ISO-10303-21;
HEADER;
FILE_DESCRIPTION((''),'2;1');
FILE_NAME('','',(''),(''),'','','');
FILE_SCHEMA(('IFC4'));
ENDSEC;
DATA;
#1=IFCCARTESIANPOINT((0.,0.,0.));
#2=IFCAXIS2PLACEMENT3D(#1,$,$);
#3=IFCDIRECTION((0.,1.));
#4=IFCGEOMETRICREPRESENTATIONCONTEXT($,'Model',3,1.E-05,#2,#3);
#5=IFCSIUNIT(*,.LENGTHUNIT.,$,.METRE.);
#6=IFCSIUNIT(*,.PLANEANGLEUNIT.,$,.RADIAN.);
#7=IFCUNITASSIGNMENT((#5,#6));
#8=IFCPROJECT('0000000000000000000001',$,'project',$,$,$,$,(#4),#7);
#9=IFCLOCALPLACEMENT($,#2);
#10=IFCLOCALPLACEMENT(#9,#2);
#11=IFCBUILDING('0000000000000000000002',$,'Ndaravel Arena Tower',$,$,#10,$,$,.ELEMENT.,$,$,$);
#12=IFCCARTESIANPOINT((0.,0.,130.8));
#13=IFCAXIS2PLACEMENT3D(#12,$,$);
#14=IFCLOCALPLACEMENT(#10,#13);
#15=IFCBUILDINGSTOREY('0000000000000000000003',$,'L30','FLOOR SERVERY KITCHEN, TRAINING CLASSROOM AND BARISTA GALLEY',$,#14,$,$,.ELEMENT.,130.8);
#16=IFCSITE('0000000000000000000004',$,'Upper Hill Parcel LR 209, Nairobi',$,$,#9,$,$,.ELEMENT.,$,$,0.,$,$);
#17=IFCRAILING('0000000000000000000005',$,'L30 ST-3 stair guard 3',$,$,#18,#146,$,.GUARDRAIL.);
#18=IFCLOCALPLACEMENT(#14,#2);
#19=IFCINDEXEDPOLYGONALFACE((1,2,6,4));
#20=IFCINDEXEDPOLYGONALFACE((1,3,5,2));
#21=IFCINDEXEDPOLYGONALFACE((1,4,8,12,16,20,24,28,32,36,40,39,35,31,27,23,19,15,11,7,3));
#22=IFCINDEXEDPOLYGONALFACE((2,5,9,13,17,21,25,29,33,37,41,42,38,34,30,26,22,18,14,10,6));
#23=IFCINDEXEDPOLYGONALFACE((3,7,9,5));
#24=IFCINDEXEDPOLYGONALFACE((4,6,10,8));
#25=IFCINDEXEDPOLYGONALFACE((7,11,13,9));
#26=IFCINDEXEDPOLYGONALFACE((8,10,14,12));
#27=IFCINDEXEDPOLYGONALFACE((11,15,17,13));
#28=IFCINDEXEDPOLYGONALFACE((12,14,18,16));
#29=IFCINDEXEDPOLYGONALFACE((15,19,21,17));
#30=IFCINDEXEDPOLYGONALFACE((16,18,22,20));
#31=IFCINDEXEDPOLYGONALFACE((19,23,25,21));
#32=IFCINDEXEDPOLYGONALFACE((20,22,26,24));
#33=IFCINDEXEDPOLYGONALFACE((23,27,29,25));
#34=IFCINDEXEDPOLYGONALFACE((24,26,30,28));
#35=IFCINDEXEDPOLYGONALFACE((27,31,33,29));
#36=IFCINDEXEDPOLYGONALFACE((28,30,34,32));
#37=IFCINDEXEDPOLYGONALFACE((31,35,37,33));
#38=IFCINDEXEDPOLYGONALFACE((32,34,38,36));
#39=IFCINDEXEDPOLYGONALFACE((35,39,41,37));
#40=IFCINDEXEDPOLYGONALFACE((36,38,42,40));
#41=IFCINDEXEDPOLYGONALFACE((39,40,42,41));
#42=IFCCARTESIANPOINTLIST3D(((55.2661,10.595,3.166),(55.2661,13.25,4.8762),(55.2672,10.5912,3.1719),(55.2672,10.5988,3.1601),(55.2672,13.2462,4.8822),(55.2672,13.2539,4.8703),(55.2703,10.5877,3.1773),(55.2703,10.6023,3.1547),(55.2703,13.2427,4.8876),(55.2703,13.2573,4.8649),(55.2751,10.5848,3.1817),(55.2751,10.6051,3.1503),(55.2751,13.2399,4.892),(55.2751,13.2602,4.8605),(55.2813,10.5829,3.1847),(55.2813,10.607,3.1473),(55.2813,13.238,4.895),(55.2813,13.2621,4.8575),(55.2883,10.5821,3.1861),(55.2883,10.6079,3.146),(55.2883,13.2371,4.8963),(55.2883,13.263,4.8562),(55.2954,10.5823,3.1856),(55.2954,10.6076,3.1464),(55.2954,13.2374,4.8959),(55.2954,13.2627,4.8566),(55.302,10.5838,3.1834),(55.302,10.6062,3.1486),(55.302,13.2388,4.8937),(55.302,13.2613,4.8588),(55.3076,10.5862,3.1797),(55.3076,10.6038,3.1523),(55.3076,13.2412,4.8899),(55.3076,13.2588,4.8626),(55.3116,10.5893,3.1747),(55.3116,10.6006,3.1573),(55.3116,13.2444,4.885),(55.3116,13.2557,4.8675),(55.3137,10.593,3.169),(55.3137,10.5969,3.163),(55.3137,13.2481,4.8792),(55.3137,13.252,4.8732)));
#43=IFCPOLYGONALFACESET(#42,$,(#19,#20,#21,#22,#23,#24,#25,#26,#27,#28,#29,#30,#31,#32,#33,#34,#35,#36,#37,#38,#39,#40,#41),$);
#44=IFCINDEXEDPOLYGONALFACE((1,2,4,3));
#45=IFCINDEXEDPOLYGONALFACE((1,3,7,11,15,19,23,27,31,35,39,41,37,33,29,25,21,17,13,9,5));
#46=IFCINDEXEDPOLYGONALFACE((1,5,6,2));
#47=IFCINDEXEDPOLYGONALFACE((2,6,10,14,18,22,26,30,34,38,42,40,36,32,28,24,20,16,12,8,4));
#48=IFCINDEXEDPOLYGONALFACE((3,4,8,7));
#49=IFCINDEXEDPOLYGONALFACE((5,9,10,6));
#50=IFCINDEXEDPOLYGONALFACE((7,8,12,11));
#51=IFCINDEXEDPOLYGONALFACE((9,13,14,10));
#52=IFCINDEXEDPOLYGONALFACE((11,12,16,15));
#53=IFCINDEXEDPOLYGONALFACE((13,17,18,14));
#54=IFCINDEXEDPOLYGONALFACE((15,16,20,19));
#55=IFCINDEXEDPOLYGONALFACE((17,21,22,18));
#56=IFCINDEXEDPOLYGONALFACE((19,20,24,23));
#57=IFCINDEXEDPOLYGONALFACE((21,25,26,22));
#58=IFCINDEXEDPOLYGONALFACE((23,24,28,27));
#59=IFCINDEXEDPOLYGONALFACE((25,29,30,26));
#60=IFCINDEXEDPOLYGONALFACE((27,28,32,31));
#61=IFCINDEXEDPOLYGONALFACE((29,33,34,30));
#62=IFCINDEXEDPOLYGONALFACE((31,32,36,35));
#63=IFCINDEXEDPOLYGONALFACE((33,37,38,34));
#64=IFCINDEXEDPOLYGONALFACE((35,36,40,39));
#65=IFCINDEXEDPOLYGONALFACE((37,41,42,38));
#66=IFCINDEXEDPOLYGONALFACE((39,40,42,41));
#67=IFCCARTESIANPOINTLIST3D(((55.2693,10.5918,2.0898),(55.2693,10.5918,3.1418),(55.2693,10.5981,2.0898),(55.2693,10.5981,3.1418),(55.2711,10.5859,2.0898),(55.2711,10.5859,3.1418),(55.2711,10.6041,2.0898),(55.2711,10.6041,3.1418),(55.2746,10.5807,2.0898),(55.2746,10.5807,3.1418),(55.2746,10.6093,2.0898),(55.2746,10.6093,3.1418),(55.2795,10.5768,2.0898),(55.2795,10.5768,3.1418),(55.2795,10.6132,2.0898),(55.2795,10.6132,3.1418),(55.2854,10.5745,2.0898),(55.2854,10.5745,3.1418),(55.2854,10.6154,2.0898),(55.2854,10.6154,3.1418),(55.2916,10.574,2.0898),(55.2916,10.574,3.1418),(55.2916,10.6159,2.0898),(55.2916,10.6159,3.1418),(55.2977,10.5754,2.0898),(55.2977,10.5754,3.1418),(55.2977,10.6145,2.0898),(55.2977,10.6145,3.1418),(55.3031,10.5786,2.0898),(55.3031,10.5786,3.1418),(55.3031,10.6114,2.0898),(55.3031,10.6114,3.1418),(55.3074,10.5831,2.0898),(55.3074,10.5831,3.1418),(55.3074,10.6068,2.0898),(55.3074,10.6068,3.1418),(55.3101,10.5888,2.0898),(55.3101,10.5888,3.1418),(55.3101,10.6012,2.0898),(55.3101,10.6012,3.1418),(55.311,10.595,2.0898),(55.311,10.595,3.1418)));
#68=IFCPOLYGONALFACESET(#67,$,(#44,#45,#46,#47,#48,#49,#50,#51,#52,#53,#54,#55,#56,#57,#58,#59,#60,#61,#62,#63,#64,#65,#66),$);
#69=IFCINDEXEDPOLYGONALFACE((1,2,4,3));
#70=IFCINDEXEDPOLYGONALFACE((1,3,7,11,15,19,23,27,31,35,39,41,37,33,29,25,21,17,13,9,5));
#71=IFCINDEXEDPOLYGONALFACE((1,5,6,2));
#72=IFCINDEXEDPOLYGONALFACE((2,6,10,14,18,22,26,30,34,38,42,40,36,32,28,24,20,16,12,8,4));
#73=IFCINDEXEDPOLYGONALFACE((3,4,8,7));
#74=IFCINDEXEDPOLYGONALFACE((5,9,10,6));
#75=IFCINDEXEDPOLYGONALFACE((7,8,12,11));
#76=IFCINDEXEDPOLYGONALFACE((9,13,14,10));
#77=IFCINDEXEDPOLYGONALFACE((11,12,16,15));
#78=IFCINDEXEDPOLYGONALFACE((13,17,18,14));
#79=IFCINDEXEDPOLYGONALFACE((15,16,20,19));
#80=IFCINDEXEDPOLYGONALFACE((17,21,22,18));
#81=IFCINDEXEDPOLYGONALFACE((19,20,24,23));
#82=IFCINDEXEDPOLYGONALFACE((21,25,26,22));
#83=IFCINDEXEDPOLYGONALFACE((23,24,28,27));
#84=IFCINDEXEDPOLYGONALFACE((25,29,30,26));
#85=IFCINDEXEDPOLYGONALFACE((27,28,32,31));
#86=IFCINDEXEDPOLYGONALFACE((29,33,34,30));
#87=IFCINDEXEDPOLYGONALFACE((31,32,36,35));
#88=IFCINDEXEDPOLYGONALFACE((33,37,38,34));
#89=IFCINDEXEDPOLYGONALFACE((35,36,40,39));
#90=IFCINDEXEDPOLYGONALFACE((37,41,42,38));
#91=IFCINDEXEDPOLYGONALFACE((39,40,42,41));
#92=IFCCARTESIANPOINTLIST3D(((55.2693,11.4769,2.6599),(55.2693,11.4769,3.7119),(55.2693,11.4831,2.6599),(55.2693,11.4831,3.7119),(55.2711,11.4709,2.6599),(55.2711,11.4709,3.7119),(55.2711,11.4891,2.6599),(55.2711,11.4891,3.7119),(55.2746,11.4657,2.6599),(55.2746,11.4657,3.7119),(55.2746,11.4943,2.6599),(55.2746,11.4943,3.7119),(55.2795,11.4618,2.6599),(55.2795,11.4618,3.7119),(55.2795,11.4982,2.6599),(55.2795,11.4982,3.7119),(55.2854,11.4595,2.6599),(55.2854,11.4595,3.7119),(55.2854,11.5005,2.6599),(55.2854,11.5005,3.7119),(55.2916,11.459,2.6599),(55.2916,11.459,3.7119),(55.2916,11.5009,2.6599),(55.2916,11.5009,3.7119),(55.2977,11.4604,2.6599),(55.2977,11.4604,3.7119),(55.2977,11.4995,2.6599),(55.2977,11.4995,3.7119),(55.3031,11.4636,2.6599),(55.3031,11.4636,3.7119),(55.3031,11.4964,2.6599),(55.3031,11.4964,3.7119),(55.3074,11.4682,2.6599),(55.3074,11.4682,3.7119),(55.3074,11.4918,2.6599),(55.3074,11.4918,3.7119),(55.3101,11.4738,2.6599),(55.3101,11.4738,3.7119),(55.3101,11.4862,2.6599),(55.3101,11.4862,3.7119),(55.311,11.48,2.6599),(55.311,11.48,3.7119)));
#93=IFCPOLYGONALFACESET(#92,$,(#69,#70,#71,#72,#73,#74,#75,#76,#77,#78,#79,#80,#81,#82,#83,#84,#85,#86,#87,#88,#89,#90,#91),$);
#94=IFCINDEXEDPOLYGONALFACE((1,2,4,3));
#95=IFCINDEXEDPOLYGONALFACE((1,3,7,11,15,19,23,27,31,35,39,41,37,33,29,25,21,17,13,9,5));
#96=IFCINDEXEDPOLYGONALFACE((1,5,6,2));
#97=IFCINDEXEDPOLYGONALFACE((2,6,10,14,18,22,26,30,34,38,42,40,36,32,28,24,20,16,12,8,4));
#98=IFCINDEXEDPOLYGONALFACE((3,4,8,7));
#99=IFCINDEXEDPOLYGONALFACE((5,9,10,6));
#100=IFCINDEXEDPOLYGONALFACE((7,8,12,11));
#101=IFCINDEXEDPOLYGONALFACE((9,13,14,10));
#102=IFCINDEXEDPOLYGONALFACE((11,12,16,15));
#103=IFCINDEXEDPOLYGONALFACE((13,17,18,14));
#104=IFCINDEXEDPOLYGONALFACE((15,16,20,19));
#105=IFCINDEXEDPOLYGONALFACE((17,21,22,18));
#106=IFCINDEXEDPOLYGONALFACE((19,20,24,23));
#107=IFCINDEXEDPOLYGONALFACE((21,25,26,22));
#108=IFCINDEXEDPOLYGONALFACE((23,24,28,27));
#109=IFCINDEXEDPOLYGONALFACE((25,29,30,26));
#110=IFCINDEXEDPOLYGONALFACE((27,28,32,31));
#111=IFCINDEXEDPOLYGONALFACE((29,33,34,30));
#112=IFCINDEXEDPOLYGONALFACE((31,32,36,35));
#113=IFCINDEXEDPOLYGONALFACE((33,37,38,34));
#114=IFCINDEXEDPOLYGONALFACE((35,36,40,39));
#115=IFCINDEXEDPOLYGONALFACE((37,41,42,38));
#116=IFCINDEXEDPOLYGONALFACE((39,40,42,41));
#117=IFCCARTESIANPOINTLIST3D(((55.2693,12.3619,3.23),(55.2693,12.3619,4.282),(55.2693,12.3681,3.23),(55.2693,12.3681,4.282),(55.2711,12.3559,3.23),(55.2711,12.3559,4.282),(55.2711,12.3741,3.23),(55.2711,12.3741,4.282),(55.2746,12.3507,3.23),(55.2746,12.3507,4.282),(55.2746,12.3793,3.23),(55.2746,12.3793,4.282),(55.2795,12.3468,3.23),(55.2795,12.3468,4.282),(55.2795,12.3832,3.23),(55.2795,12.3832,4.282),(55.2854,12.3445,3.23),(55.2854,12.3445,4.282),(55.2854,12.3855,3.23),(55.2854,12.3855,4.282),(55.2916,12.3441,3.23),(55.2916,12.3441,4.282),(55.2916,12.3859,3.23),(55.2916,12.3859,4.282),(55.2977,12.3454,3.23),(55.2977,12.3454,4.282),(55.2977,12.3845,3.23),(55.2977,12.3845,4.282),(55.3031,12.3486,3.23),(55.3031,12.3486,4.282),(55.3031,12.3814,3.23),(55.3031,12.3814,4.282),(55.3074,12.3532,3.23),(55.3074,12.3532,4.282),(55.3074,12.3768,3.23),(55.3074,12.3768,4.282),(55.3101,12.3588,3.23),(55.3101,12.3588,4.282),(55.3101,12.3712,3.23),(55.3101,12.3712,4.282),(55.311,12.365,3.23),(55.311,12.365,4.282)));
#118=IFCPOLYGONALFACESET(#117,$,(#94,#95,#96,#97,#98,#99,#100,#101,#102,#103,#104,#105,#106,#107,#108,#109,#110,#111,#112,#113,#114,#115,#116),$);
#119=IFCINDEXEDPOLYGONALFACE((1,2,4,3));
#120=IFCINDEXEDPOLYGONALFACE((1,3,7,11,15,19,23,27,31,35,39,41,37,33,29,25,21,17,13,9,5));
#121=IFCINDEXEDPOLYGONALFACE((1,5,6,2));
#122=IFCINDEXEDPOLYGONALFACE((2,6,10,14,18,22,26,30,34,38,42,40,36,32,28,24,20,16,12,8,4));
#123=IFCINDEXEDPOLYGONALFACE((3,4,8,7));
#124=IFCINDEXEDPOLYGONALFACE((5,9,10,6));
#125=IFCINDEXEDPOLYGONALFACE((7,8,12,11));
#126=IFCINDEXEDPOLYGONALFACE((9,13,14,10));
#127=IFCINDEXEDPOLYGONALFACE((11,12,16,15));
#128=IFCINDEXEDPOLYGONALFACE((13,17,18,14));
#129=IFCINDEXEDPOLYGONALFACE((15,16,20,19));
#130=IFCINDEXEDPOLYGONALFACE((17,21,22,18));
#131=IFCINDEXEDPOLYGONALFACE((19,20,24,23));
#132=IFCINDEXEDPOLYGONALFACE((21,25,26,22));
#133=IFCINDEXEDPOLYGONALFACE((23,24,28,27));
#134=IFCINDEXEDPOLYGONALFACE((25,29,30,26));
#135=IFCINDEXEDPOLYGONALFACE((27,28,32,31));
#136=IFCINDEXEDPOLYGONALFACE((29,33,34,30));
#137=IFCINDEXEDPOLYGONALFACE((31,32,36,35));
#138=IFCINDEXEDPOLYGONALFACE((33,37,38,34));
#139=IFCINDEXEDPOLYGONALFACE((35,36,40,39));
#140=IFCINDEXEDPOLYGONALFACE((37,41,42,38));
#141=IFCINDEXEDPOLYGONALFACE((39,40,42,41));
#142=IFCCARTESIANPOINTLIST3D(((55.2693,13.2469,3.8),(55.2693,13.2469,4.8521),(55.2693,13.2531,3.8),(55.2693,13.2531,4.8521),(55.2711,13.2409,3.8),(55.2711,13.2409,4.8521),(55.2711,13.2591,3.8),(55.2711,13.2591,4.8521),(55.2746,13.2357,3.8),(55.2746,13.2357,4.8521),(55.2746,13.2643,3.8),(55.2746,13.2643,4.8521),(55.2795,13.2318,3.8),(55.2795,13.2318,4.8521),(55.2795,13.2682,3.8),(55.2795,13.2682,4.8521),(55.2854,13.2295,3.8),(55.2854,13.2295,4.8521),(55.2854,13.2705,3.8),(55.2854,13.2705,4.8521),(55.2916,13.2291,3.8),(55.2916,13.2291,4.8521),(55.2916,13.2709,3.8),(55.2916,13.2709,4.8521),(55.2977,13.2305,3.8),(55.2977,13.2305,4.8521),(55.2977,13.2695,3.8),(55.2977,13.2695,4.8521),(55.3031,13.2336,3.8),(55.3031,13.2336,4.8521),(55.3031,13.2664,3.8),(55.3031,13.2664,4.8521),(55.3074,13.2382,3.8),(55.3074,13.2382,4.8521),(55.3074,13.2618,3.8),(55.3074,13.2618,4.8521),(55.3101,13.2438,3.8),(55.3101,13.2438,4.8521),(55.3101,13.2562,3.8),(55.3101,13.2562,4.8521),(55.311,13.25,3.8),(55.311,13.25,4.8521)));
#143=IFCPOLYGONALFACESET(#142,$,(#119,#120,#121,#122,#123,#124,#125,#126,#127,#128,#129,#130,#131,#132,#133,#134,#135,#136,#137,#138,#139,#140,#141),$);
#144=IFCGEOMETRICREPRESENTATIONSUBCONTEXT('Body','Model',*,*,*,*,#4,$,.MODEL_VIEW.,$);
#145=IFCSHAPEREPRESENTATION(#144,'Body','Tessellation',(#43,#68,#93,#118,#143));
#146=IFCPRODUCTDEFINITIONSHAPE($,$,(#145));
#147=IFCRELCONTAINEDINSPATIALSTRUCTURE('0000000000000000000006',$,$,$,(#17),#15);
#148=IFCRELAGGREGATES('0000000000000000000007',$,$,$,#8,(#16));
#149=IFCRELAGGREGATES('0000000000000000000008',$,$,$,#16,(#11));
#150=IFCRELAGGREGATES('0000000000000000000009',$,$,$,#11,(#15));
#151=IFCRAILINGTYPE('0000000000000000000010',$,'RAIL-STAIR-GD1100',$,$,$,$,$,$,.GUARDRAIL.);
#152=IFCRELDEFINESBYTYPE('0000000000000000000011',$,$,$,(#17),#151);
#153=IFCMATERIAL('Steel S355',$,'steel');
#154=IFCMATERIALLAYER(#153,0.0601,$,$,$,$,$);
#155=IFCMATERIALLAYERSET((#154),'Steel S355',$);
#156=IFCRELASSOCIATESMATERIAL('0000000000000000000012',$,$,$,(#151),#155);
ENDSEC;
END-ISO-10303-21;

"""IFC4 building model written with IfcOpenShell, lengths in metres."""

from ifc_helpers import new_model, si_unit, direction, frame, origin, origin_2d, place, context, subcontext, project, spatial, circle, extrude, material, layer, layer_set, type_object, element, save


model = new_model("IFC4")

# Units and contexts
model_context = context("Model", 3, precision=1e-05, world=origin(), true_north=direction((0.0, 1.0)))
body_context = subcontext(model_context, "Body", "Model", "MODEL_VIEW")
ifc_project = project(units=[si_unit("LENGTHUNIT", "METRE"), si_unit("PLANEANGLEUNIT", "RADIAN")], contexts=[model_context])

# Site, building, storey
site_placement = place(None, origin())
site = spatial("IfcSite", under=ifc_project, at=site_placement, Name="Upper Hill Parcel LR 209, Nairobi", CompositionType="ELEMENT", RefElevation=0.0)
building_placement = place(site_placement, origin())
building = spatial("IfcBuilding", under=site, at=building_placement, Name="Ndaravel Arena Tower", CompositionType="ELEMENT")
storey_placement = place(building_placement, frame((0.0, 0.0, 130.8)))
storey = spatial("IfcBuildingStorey", under=building, at=storey_placement, Name="L30", Description="FLOOR SERVERY KITCHEN, TRAINING CLASSROOM AND BARISTA GALLEY", CompositionType="ELEMENT", Elevation=130.8)

# Railing
ifc_material_1 = material(Name="Steel S355", Category="steel")
ifc_layer_1 = layer(ifc_material_1, 0.0601)
ifc_layer_set_1 = layer_set([ifc_layer_1], Name="Steel S355")
railing_type_1 = type_object("IfcRailingType", Name="RAIL-STAIR-GD1100", PredefinedType="GUARDRAIL", material=ifc_layer_set_1)
railing_1_placement = place(storey_placement, frame((55.29, 10.595, 2.0898)))
element("IfcRailing", 1, at=railing_1_placement, inside=storey, type_object=railing_type_1, Name="L30 ST-3 stair guard 3", PredefinedType="GUARDRAIL", context=body_context, shape_type="SweptSolid", body=[
    extrude(circle(Radius=0.0239, at=origin_2d()), frame((0.0, 0.0, 1.0762), z_axis=(0.0, 0.840688, 0.541519), x_axis=(-1.0, 0.0, 0.0)), (0.0, 0.0, 1.0), 3.1582),
    extrude(circle(Radius=0.021, at=origin_2d()), origin(), (0.0, 0.0, 1.0), 1.052),
    extrude(circle(Radius=0.021, at=origin_2d()), frame((0.0, 0.885, 0.5701)), (0.0, 0.0, 1.0), 1.052),
    extrude(circle(Radius=0.021, at=origin_2d()), frame((0.0, 1.77, 1.1401)), (0.0, 0.0, 1.0), 1.052),
    extrude(circle(Radius=0.021, at=origin_2d()), frame((0.0, 2.655, 1.7102)), (0.0, 0.0, 1.0), 1.052),
])

save(model, "model.ifc")
